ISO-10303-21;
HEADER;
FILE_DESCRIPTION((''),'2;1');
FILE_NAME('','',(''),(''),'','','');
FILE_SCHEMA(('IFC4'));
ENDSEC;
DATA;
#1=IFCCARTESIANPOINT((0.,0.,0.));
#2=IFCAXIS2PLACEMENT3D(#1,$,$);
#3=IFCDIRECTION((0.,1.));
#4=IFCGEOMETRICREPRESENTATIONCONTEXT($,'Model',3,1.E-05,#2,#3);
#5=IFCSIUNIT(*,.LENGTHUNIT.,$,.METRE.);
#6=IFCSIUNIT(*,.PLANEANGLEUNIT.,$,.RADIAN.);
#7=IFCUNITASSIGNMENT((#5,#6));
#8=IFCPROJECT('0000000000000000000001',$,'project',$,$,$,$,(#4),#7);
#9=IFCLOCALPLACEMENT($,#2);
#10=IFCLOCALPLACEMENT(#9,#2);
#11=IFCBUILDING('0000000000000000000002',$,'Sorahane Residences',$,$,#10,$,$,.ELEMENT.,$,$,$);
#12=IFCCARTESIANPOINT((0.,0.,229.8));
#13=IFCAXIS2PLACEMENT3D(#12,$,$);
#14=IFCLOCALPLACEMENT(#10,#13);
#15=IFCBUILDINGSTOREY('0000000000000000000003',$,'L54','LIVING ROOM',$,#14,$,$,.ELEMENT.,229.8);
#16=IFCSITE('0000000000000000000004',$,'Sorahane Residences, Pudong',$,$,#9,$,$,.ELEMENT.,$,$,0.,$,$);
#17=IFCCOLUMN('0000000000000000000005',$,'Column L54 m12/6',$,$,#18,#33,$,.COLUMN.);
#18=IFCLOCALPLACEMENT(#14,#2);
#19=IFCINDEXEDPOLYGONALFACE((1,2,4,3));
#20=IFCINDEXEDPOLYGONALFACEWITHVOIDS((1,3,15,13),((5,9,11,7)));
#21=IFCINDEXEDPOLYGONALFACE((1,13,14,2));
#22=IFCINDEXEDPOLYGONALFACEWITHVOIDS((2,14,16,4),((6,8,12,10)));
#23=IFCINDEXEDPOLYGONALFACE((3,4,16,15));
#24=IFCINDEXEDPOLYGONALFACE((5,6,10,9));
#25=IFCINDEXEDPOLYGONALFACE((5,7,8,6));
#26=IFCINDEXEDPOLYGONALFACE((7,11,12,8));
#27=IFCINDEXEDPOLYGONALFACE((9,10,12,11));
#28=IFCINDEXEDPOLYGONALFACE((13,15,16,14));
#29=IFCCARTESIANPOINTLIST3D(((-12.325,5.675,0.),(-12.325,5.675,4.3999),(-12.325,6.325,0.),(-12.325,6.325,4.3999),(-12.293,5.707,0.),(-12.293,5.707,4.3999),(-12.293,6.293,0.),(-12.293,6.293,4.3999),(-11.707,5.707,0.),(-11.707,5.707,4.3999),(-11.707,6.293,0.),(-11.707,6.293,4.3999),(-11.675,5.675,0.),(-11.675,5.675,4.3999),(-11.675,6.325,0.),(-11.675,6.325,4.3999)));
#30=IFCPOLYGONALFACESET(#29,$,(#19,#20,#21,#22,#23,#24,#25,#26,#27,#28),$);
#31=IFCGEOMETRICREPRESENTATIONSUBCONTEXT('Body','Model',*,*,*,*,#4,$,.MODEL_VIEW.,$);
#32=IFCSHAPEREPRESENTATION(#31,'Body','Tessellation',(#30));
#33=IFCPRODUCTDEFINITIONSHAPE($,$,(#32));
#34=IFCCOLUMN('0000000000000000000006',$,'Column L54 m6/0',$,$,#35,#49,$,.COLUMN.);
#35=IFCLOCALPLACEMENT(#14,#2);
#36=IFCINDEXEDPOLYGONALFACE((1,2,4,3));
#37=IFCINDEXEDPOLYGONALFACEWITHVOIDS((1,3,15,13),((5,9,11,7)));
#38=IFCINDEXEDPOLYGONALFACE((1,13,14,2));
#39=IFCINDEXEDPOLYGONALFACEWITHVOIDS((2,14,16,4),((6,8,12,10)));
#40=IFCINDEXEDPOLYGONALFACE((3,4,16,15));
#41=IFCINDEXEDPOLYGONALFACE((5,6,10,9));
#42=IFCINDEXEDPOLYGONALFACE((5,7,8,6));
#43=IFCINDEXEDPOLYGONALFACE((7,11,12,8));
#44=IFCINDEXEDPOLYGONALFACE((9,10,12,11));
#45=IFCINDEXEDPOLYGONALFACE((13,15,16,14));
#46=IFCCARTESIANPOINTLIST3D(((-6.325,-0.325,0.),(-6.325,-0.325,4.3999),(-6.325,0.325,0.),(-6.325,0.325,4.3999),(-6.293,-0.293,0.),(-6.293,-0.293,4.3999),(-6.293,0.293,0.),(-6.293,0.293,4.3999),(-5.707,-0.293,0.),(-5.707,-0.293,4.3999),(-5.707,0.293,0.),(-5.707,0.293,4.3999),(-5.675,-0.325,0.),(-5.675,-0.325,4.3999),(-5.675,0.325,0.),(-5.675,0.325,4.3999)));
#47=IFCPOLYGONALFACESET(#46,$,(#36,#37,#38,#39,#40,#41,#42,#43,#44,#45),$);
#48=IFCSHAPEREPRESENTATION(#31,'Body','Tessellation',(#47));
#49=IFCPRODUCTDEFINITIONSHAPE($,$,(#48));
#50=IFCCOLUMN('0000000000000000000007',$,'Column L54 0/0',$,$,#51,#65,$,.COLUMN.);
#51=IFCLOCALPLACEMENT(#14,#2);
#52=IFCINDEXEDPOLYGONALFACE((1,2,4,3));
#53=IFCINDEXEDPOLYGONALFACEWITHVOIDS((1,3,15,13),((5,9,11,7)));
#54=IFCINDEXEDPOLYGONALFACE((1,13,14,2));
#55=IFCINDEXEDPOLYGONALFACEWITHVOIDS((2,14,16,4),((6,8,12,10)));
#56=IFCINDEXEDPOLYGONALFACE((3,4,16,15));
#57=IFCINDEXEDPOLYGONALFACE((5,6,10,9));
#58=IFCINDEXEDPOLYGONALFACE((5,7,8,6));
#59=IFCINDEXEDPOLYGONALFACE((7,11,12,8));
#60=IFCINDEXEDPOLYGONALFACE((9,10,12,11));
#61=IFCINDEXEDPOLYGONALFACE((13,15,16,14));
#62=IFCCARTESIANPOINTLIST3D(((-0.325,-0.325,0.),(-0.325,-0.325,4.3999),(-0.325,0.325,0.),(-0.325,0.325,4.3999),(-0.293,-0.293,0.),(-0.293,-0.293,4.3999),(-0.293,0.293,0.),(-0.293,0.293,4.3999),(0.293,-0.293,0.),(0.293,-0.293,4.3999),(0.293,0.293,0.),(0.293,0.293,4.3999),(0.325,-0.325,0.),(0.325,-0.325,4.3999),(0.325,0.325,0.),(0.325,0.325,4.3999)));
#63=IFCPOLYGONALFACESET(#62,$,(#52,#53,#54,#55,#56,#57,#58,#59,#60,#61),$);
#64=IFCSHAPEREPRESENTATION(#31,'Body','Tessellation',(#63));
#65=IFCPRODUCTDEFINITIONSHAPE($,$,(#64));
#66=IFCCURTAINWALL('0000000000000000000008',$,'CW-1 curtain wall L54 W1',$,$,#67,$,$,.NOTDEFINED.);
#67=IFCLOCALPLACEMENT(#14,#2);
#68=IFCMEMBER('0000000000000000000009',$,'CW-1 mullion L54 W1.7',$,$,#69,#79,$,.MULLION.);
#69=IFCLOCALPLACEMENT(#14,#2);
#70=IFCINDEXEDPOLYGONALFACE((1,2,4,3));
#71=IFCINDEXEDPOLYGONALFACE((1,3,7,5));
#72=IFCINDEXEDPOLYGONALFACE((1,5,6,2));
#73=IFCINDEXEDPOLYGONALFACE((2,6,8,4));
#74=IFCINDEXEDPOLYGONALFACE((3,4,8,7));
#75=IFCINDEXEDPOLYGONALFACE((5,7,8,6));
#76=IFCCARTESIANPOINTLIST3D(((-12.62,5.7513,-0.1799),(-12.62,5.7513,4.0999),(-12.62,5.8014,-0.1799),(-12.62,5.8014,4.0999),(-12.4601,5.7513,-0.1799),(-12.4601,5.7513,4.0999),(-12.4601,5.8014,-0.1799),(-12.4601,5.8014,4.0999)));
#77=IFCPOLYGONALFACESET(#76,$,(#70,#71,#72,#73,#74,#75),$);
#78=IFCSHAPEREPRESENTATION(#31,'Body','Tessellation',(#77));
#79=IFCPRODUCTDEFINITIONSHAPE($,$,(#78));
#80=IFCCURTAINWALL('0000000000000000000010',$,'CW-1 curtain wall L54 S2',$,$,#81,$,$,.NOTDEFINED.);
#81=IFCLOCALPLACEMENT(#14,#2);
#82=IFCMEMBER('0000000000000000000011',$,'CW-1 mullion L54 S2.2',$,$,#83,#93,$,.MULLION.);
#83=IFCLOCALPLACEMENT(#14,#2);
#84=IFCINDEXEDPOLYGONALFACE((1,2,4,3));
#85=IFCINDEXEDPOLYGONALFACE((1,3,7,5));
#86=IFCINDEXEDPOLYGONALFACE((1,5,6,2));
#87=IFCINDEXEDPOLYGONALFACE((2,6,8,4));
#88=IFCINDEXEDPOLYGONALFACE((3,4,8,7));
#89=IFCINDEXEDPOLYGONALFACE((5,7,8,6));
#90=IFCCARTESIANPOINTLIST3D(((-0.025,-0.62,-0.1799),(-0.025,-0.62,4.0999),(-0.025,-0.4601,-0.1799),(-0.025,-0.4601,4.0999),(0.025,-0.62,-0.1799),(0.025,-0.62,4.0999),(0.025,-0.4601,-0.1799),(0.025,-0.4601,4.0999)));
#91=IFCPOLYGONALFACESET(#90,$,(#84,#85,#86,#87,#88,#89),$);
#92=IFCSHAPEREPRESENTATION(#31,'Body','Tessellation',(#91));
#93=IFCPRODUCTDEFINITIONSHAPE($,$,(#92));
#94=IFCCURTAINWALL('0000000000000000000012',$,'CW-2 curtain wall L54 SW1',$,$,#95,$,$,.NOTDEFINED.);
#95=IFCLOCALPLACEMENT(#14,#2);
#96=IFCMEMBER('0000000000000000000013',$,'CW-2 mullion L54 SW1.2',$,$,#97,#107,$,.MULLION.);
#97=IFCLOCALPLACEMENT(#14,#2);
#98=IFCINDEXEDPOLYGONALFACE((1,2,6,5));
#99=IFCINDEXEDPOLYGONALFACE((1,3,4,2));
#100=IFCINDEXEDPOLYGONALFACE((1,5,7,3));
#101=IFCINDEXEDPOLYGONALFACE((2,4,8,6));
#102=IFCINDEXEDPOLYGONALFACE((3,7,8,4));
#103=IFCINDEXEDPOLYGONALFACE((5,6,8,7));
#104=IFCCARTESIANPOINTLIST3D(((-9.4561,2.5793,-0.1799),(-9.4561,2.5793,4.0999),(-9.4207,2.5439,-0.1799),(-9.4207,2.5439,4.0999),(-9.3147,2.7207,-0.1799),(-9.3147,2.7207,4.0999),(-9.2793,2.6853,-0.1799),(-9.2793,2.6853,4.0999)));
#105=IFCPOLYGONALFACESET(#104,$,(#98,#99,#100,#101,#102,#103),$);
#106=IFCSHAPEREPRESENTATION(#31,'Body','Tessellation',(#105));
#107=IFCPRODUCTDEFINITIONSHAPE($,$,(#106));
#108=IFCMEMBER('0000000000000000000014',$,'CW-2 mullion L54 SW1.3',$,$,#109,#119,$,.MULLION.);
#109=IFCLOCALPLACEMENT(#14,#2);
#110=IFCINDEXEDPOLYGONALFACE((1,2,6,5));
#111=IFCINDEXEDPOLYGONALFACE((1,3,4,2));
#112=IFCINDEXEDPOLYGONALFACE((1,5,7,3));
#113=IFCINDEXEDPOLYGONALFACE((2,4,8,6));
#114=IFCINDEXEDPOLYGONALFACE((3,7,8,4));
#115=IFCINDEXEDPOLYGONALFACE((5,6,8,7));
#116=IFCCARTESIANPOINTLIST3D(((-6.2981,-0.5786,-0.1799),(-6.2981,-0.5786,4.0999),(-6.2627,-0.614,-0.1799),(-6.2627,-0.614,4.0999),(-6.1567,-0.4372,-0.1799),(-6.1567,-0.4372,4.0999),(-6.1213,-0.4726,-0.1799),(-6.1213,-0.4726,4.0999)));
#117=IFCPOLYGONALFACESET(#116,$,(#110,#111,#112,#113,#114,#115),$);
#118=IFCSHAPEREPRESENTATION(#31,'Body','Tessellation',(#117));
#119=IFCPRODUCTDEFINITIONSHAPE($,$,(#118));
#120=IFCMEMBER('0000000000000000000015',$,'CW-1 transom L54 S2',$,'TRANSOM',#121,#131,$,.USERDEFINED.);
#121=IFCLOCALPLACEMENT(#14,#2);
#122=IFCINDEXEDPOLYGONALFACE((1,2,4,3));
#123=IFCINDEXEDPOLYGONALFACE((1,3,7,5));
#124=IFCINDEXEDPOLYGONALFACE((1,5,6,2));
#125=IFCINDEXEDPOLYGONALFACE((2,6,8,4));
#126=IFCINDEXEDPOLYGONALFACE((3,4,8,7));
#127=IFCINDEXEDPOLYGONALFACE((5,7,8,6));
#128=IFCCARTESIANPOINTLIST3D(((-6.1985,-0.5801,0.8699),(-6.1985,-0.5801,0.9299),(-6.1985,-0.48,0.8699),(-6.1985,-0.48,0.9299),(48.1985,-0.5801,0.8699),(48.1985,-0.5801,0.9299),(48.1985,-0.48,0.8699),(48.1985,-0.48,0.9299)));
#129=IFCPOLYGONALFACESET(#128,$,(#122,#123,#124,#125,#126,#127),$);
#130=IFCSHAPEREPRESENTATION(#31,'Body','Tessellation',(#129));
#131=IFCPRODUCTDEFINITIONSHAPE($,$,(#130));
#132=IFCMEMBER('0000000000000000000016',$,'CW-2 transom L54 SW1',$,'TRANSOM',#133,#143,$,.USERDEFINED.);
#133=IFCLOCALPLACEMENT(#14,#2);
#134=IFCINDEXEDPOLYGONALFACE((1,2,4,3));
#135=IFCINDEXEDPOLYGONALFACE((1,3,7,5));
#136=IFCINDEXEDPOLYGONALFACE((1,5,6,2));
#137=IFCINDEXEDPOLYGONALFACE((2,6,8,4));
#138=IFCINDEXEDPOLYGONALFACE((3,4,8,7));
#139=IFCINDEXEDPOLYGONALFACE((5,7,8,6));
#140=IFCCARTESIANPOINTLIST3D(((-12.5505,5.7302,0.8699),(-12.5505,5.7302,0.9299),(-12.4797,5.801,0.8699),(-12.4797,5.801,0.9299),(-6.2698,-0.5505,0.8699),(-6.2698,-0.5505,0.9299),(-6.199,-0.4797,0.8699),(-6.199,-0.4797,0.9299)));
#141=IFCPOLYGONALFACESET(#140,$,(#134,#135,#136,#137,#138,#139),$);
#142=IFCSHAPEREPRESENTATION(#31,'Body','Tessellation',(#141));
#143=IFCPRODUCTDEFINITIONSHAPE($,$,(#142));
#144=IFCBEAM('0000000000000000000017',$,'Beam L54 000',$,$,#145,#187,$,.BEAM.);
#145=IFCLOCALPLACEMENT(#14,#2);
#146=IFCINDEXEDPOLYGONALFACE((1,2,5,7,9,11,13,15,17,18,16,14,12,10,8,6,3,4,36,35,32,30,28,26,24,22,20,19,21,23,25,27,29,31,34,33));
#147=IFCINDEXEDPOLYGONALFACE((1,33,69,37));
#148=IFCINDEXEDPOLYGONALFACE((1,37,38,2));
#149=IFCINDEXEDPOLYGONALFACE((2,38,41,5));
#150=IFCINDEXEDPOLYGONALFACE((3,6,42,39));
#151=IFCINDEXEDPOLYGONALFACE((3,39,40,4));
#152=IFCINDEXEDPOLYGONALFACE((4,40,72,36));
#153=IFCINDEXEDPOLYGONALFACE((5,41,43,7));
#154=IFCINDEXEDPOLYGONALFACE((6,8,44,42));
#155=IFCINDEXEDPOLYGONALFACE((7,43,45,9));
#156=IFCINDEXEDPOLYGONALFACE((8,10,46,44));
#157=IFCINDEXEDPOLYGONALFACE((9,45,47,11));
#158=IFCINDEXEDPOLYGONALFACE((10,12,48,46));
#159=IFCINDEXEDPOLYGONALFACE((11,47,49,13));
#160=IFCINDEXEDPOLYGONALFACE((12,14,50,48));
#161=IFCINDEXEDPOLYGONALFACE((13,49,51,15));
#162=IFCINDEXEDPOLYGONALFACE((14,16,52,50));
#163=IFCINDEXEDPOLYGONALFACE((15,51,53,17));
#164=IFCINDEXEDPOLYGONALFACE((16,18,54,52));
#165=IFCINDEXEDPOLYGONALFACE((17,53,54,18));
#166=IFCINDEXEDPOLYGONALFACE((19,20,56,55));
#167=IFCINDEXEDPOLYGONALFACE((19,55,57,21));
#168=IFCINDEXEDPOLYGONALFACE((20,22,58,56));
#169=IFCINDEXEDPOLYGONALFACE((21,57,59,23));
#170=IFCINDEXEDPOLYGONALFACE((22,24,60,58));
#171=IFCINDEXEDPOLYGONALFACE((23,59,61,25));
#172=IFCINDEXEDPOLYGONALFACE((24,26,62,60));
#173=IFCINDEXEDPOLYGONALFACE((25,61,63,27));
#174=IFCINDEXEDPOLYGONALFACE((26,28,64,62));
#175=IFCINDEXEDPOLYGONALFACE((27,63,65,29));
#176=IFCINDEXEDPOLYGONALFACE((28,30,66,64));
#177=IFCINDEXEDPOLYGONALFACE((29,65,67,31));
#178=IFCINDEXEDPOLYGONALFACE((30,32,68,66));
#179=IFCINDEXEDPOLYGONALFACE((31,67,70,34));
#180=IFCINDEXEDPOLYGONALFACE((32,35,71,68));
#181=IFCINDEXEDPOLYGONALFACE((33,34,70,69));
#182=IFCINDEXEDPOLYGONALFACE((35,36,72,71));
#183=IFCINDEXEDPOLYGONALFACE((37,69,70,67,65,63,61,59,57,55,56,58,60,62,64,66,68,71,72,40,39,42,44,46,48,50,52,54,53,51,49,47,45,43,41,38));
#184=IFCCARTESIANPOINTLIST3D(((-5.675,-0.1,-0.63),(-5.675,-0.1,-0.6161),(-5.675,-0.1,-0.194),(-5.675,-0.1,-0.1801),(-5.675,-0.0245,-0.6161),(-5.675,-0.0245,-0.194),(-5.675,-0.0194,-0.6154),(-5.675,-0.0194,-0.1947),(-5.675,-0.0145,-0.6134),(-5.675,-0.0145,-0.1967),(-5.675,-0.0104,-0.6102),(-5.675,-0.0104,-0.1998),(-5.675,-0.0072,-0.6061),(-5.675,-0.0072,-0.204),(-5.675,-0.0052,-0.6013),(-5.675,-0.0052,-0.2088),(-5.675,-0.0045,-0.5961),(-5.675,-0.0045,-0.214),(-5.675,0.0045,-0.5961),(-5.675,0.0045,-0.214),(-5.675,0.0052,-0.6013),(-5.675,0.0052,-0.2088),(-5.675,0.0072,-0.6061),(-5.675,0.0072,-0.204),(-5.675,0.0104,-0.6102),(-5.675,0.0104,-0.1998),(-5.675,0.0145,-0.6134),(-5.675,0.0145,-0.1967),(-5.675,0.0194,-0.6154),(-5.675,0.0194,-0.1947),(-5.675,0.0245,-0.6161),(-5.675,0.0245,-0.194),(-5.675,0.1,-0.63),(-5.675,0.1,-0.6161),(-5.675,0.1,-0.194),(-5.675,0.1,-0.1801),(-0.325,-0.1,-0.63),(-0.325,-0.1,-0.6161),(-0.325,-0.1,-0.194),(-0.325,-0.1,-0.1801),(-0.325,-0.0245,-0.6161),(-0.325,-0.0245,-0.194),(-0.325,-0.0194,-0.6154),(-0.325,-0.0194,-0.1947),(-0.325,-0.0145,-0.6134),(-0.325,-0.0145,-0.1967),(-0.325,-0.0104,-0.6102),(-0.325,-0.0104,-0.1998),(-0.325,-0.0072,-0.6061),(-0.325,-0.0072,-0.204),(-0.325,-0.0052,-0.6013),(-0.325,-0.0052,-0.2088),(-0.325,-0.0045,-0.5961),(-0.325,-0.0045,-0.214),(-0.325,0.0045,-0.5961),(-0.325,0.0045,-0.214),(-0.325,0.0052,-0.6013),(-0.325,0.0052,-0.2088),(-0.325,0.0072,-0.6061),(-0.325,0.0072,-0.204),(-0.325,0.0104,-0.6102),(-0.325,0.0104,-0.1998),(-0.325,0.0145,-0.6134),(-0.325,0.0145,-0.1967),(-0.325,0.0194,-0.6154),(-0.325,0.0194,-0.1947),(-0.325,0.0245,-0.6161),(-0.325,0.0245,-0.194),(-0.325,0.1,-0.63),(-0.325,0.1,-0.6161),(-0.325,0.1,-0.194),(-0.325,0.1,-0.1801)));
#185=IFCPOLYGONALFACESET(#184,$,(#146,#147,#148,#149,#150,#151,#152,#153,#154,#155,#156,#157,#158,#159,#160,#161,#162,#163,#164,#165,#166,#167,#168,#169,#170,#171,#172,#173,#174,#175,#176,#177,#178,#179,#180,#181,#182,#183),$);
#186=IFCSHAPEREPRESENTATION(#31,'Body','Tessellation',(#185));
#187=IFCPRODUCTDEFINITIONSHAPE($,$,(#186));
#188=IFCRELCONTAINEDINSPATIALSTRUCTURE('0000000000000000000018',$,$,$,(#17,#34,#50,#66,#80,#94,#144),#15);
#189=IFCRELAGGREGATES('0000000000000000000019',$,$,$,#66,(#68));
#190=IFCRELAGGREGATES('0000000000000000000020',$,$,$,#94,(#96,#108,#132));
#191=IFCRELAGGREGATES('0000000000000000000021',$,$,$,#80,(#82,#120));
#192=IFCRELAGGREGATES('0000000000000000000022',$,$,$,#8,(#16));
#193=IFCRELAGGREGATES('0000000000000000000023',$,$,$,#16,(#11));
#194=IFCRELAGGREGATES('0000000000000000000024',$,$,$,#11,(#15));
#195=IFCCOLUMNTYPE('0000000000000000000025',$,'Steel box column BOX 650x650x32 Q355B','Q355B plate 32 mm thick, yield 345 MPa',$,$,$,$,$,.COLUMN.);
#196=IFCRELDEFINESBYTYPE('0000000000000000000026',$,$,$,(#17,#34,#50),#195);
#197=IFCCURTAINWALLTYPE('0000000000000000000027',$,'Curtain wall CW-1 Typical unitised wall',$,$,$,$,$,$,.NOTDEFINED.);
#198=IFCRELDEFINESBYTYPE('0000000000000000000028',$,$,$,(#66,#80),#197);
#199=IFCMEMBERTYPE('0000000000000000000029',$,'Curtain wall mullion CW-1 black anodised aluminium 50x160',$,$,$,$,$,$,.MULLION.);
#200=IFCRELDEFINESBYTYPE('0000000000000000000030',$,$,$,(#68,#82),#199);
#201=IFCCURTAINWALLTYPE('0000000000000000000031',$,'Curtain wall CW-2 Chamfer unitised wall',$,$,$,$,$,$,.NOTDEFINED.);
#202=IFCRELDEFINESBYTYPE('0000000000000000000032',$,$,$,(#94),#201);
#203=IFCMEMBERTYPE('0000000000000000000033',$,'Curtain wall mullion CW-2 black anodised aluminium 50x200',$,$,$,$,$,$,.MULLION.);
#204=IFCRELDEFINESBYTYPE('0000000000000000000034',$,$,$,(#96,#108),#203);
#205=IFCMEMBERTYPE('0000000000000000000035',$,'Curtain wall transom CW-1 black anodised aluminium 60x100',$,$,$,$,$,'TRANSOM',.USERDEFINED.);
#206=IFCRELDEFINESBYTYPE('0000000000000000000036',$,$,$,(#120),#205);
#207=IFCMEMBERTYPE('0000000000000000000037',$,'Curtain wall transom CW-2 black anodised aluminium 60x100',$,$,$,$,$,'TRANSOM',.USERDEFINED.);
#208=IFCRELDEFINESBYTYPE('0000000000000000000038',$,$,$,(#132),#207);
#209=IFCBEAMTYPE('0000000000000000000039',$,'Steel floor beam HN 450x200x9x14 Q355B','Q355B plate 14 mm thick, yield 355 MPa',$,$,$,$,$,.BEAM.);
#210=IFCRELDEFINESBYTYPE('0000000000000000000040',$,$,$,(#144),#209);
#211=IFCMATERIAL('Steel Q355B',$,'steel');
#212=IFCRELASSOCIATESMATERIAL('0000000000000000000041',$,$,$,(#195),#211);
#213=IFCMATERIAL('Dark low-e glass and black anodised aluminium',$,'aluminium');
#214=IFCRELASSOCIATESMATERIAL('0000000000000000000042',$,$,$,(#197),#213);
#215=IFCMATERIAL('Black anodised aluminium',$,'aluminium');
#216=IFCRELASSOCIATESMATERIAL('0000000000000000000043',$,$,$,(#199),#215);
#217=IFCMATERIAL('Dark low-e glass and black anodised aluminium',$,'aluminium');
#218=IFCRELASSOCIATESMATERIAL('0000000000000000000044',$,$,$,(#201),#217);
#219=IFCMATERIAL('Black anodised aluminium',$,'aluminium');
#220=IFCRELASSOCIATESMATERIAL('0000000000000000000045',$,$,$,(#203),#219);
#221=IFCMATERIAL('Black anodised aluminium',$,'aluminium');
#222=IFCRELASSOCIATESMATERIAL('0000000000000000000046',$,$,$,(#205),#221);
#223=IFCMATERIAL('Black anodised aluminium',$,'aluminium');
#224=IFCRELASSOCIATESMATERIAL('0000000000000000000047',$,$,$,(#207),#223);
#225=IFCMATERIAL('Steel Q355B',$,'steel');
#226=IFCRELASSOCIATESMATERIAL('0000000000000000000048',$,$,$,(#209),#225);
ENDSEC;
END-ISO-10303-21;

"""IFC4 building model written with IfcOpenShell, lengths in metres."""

from ifc_helpers import new_model, si_unit, direction, frame, origin, origin_2d, place, context, subcontext, project, spatial, rectangle, hollow_rectangle, i_section, extrude, material, material_profile, profile_set, type_object, element, aggregate, save


model = new_model("IFC4")

# Units and contexts
model_context = context("Model", 3, precision=1e-05, world=origin(), true_north=direction((0.0, 1.0)))
body_context = subcontext(model_context, "Body", "Model", "MODEL_VIEW")
ifc_project = project(units=[si_unit("LENGTHUNIT", "METRE"), si_unit("PLANEANGLEUNIT", "RADIAN")], contexts=[model_context])

# Site, building, storey
site_placement = place(None, origin())
site = spatial("IfcSite", under=ifc_project, at=site_placement, Name="Sorahane Residences, Pudong", CompositionType="ELEMENT", RefElevation=0.0)
building_placement = place(site_placement, origin())
building = spatial("IfcBuilding", under=site, at=building_placement, Name="Sorahane Residences", CompositionType="ELEMENT")
storey_placement = place(building_placement, frame((0.0, 0.0, 229.8)))
storey = spatial("IfcBuildingStorey", under=building, at=storey_placement, Name="L54", Description="LIVING ROOM", CompositionType="ELEMENT", Elevation=229.8)

# Columns
ifc_material_1 = material(Name="Steel Q355B", Category="steel")
ifc_material_profile_1 = material_profile(ifc_material_1, hollow_rectangle(XDim=0.6499, YDim=0.6499, WallThickness=0.032, at=origin_2d()), Name="BOX 650x650x32")
ifc_profile_set_1 = profile_set([ifc_material_profile_1], Name="Steel Q355B")
column_type = type_object("IfcColumnType", Name="Steel box column BOX 650x650x32 Q355B", Description="Q355B plate 32 mm thick, yield 345 MPa", PredefinedType="COLUMN", material=ifc_profile_set_1)
for number, where, z_axis, x_axis, name in (
    (1, (-12.0, 6.0, 0.0), (0.0, 0.0, 1.0), (1.0, 0.0, 0.0), "Column L54 m12/6"),
    (2, (-6.0, 0.0, 0.0), (0.0, 0.0, 1.0), (1.0, 0.0, 0.0), "Column L54 m6/0"),
    (3, (0.0, 0.0, 0.0), (0.0, 0.0, 1.0), (1.0, 0.0, 0.0), "Column L54 0/0"),
):
    element("IfcColumn", number, at=place(storey_placement, frame(where, z_axis=z_axis, x_axis=x_axis)), inside=storey, type_object=column_type, Name=name, PredefinedType="COLUMN", context=body_context, shape_type="SweptSolid", body=[
        extrude(hollow_rectangle(XDim=0.6499, YDim=0.6499, WallThickness=0.032, at=origin_2d()), origin(), (0.0, 0.0, 1.0), 4.3999),
    ])

# Curtain walls, members
ifc_material_2 = material(Name="Dark low-e glass and black anodised aluminium", Category="aluminium")
curtain_wall_type_1 = type_object("IfcCurtainWallType", Name="Curtain wall CW-1 Typical unitised wall", PredefinedType="NOTDEFINED", material=ifc_material_2)
curtain_wall_1_placement = place(storey_placement, origin())
curtain_wall_1 = element("IfcCurtainWall", 4, at=curtain_wall_1_placement, inside=storey, type_object=curtain_wall_type_1, Name="CW-1 curtain wall L54 W1", PredefinedType="NOTDEFINED")
ifc_material_3 = material(Name="Black anodised aluminium", Category="aluminium")
ifc_material_profile_2 = material_profile(ifc_material_3, rectangle(XDim=0.1599, YDim=0.05, at=origin_2d()), Name="Curtain wall mullion CW-1 black anodised aluminium 50x160")
ifc_profile_set_2 = profile_set([ifc_material_profile_2], Name="Black anodised aluminium")
member_type_1 = type_object("IfcMemberType", Name="Curtain wall mullion CW-1 black anodised aluminium 50x160", PredefinedType="MULLION", material=ifc_profile_set_2)
member_1_placement = place(storey_placement, frame((-12.54, 5.7764, -0.1799), z_axis=(0.0, 0.0, 1.0), x_axis=(-1.0, 0.0, 0.0)))
member_1 = element("IfcMember", 5, at=member_1_placement, type_object=member_type_1, Name="CW-1 mullion L54 W1.7", PredefinedType="MULLION", context=body_context, shape_type="SweptSolid", body=[
    extrude(rectangle(XDim=0.1599, YDim=0.05, at=origin_2d()), origin(), (0.0, 0.0, 1.0), 4.2798),
])
aggregate(curtain_wall_1, [member_1])
curtain_wall_2_placement = place(storey_placement, origin())
curtain_wall_2 = element("IfcCurtainWall", 6, at=curtain_wall_2_placement, inside=storey, type_object=curtain_wall_type_1, Name="CW-1 curtain wall L54 S2", PredefinedType="NOTDEFINED")
member_2_placement = place(storey_placement, frame((0.0, -0.54, -0.1799), z_axis=(0.0, 0.0, 1.0), x_axis=(0.0, -1.0, 0.0)))
member_2 = element("IfcMember", 7, at=member_2_placement, type_object=member_type_1, Name="CW-1 mullion L54 S2.2", PredefinedType="MULLION", context=body_context, shape_type="SweptSolid", body=[
    extrude(rectangle(XDim=0.1599, YDim=0.05, at=origin_2d()), origin(), (0.0, 0.0, 1.0), 4.2798),
])

# Curtain wall, members
ifc_material_4 = material(Name="Dark low-e glass and black anodised aluminium", Category="aluminium")
curtain_wall_type_2 = type_object("IfcCurtainWallType", Name="Curtain wall CW-2 Chamfer unitised wall", PredefinedType="NOTDEFINED", material=ifc_material_4)
curtain_wall_3_placement = place(storey_placement, origin())
curtain_wall_3 = element("IfcCurtainWall", 8, at=curtain_wall_3_placement, inside=storey, type_object=curtain_wall_type_2, Name="CW-2 curtain wall L54 SW1", PredefinedType="NOTDEFINED")
ifc_material_5 = material(Name="Black anodised aluminium", Category="aluminium")
ifc_material_profile_3 = material_profile(ifc_material_5, rectangle(XDim=0.2, YDim=0.05, at=origin_2d()), Name="Curtain wall mullion CW-2 black anodised aluminium 50x200")
ifc_profile_set_3 = profile_set([ifc_material_profile_3], Name="Black anodised aluminium")
member_type_2 = type_object("IfcMemberType", Name="Curtain wall mullion CW-2 black anodised aluminium 50x200", PredefinedType="MULLION", material=ifc_profile_set_3)
member_3_placement = place(storey_placement, frame((-9.3677, 2.6323, -0.1799), z_axis=(0.0, 0.0, 1.0), x_axis=(-0.707107, -0.707107, 0.0)))
member_3 = element("IfcMember", 9, at=member_3_placement, type_object=member_type_2, Name="CW-2 mullion L54 SW1.2", PredefinedType="MULLION", context=body_context, shape_type="SweptSolid", body=[
    extrude(rectangle(XDim=0.2, YDim=0.05, at=origin_2d()), origin(), (0.0, 0.0, 1.0), 4.2798),
])
member_4_placement = place(storey_placement, frame((-6.2097, -0.5256, -0.1799), z_axis=(0.0, 0.0, 1.0), x_axis=(-0.707107, -0.707107, 0.0)))
member_4 = element("IfcMember", 10, at=member_4_placement, type_object=member_type_2, Name="CW-2 mullion L54 SW1.3", PredefinedType="MULLION", context=body_context, shape_type="SweptSolid", body=[
    extrude(rectangle(XDim=0.2, YDim=0.05, at=origin_2d()), origin(), (0.0, 0.0, 1.0), 4.2798),
])

# Members
ifc_material_6 = material(Name="Black anodised aluminium", Category="aluminium")
ifc_material_profile_4 = material_profile(ifc_material_6, rectangle(XDim=0.1001, YDim=0.0601, at=origin_2d()), Name="Curtain wall transom CW-1 black anodised aluminium 60x100")
ifc_profile_set_4 = profile_set([ifc_material_profile_4], Name="Black anodised aluminium")
member_type_3 = type_object("IfcMemberType", Name="Curtain wall transom CW-1 black anodised aluminium 60x100", ElementType="TRANSOM", PredefinedType="USERDEFINED", material=ifc_profile_set_4)
member_5_placement = place(storey_placement, frame((-6.1985, -0.53, 0.8999), z_axis=(1.0, 0.0, 0.0), x_axis=(0.0, 1.0, 0.0)))
member_5 = element("IfcMember", 11, at=member_5_placement, type_object=member_type_3, Name="CW-1 transom L54 S2", ObjectType="TRANSOM", PredefinedType="USERDEFINED", context=body_context, shape_type="SweptSolid", body=[
    extrude(rectangle(XDim=0.1001, YDim=0.0601, at=origin_2d()), origin(), (0.0, 0.0, 1.0), 54.397),
])
ifc_material_7 = material(Name="Black anodised aluminium", Category="aluminium")
ifc_material_profile_5 = material_profile(ifc_material_7, rectangle(XDim=0.1001, YDim=0.0601, at=origin_2d()), Name="Curtain wall transom CW-2 black anodised aluminium 60x100")
ifc_profile_set_5 = profile_set([ifc_material_profile_5], Name="Black anodised aluminium")
member_type_4 = type_object("IfcMemberType", Name="Curtain wall transom CW-2 black anodised aluminium 60x100", ElementType="TRANSOM", PredefinedType="USERDEFINED", material=ifc_profile_set_5)
member_6_placement = place(storey_placement, frame((-12.5151, 5.7656, 0.8999), z_axis=(0.707107, -0.707107, 0.0), x_axis=(0.707107, 0.707107, 0.0)))
member_6 = element("IfcMember", 12, at=member_6_placement, type_object=member_type_4, Name="CW-2 transom L54 SW1", ObjectType="TRANSOM", PredefinedType="USERDEFINED", context=body_context, shape_type="SweptSolid", body=[
    extrude(rectangle(XDim=0.1001, YDim=0.0601, at=origin_2d()), origin(), (0.0, 0.0, 1.0), 8.8823),
])

# Beam
ifc_material_8 = material(Name="Steel Q355B", Category="steel")
ifc_material_profile_6 = material_profile(ifc_material_8, i_section(OverallWidth=0.2, OverallDepth=0.45, WebThickness=0.009, FlangeThickness=0.0139, FilletRadius=0.02, at=origin_2d()), Name="HN 450x200x9x14")
ifc_profile_set_6 = profile_set([ifc_material_profile_6], Name="Steel Q355B")
beam_type_1 = type_object("IfcBeamType", Name="Steel floor beam HN 450x200x9x14 Q355B", Description="Q355B plate 14 mm thick, yield 355 MPa", PredefinedType="BEAM", material=ifc_profile_set_6)
beam_1_placement = place(storey_placement, frame((-5.675, 0.0, -0.405), z_axis=(1.0, 0.0, 0.0), x_axis=(0.0, 1.0, 0.0)))
element("IfcBeam", 13, at=beam_1_placement, inside=storey, type_object=beam_type_1, Name="Beam L54 000", PredefinedType="BEAM", context=body_context, shape_type="SweptSolid", body=[
    extrude(i_section(OverallWidth=0.2, OverallDepth=0.45, WebThickness=0.009, FlangeThickness=0.0139, FilletRadius=0.02, at=origin_2d()), origin(), (0.0, 0.0, 1.0), 5.3501),
])

aggregate(curtain_wall_3, [member_3, member_4, member_6])
aggregate(curtain_wall_2, [member_2, member_5])

save(model, "model.ifc")
